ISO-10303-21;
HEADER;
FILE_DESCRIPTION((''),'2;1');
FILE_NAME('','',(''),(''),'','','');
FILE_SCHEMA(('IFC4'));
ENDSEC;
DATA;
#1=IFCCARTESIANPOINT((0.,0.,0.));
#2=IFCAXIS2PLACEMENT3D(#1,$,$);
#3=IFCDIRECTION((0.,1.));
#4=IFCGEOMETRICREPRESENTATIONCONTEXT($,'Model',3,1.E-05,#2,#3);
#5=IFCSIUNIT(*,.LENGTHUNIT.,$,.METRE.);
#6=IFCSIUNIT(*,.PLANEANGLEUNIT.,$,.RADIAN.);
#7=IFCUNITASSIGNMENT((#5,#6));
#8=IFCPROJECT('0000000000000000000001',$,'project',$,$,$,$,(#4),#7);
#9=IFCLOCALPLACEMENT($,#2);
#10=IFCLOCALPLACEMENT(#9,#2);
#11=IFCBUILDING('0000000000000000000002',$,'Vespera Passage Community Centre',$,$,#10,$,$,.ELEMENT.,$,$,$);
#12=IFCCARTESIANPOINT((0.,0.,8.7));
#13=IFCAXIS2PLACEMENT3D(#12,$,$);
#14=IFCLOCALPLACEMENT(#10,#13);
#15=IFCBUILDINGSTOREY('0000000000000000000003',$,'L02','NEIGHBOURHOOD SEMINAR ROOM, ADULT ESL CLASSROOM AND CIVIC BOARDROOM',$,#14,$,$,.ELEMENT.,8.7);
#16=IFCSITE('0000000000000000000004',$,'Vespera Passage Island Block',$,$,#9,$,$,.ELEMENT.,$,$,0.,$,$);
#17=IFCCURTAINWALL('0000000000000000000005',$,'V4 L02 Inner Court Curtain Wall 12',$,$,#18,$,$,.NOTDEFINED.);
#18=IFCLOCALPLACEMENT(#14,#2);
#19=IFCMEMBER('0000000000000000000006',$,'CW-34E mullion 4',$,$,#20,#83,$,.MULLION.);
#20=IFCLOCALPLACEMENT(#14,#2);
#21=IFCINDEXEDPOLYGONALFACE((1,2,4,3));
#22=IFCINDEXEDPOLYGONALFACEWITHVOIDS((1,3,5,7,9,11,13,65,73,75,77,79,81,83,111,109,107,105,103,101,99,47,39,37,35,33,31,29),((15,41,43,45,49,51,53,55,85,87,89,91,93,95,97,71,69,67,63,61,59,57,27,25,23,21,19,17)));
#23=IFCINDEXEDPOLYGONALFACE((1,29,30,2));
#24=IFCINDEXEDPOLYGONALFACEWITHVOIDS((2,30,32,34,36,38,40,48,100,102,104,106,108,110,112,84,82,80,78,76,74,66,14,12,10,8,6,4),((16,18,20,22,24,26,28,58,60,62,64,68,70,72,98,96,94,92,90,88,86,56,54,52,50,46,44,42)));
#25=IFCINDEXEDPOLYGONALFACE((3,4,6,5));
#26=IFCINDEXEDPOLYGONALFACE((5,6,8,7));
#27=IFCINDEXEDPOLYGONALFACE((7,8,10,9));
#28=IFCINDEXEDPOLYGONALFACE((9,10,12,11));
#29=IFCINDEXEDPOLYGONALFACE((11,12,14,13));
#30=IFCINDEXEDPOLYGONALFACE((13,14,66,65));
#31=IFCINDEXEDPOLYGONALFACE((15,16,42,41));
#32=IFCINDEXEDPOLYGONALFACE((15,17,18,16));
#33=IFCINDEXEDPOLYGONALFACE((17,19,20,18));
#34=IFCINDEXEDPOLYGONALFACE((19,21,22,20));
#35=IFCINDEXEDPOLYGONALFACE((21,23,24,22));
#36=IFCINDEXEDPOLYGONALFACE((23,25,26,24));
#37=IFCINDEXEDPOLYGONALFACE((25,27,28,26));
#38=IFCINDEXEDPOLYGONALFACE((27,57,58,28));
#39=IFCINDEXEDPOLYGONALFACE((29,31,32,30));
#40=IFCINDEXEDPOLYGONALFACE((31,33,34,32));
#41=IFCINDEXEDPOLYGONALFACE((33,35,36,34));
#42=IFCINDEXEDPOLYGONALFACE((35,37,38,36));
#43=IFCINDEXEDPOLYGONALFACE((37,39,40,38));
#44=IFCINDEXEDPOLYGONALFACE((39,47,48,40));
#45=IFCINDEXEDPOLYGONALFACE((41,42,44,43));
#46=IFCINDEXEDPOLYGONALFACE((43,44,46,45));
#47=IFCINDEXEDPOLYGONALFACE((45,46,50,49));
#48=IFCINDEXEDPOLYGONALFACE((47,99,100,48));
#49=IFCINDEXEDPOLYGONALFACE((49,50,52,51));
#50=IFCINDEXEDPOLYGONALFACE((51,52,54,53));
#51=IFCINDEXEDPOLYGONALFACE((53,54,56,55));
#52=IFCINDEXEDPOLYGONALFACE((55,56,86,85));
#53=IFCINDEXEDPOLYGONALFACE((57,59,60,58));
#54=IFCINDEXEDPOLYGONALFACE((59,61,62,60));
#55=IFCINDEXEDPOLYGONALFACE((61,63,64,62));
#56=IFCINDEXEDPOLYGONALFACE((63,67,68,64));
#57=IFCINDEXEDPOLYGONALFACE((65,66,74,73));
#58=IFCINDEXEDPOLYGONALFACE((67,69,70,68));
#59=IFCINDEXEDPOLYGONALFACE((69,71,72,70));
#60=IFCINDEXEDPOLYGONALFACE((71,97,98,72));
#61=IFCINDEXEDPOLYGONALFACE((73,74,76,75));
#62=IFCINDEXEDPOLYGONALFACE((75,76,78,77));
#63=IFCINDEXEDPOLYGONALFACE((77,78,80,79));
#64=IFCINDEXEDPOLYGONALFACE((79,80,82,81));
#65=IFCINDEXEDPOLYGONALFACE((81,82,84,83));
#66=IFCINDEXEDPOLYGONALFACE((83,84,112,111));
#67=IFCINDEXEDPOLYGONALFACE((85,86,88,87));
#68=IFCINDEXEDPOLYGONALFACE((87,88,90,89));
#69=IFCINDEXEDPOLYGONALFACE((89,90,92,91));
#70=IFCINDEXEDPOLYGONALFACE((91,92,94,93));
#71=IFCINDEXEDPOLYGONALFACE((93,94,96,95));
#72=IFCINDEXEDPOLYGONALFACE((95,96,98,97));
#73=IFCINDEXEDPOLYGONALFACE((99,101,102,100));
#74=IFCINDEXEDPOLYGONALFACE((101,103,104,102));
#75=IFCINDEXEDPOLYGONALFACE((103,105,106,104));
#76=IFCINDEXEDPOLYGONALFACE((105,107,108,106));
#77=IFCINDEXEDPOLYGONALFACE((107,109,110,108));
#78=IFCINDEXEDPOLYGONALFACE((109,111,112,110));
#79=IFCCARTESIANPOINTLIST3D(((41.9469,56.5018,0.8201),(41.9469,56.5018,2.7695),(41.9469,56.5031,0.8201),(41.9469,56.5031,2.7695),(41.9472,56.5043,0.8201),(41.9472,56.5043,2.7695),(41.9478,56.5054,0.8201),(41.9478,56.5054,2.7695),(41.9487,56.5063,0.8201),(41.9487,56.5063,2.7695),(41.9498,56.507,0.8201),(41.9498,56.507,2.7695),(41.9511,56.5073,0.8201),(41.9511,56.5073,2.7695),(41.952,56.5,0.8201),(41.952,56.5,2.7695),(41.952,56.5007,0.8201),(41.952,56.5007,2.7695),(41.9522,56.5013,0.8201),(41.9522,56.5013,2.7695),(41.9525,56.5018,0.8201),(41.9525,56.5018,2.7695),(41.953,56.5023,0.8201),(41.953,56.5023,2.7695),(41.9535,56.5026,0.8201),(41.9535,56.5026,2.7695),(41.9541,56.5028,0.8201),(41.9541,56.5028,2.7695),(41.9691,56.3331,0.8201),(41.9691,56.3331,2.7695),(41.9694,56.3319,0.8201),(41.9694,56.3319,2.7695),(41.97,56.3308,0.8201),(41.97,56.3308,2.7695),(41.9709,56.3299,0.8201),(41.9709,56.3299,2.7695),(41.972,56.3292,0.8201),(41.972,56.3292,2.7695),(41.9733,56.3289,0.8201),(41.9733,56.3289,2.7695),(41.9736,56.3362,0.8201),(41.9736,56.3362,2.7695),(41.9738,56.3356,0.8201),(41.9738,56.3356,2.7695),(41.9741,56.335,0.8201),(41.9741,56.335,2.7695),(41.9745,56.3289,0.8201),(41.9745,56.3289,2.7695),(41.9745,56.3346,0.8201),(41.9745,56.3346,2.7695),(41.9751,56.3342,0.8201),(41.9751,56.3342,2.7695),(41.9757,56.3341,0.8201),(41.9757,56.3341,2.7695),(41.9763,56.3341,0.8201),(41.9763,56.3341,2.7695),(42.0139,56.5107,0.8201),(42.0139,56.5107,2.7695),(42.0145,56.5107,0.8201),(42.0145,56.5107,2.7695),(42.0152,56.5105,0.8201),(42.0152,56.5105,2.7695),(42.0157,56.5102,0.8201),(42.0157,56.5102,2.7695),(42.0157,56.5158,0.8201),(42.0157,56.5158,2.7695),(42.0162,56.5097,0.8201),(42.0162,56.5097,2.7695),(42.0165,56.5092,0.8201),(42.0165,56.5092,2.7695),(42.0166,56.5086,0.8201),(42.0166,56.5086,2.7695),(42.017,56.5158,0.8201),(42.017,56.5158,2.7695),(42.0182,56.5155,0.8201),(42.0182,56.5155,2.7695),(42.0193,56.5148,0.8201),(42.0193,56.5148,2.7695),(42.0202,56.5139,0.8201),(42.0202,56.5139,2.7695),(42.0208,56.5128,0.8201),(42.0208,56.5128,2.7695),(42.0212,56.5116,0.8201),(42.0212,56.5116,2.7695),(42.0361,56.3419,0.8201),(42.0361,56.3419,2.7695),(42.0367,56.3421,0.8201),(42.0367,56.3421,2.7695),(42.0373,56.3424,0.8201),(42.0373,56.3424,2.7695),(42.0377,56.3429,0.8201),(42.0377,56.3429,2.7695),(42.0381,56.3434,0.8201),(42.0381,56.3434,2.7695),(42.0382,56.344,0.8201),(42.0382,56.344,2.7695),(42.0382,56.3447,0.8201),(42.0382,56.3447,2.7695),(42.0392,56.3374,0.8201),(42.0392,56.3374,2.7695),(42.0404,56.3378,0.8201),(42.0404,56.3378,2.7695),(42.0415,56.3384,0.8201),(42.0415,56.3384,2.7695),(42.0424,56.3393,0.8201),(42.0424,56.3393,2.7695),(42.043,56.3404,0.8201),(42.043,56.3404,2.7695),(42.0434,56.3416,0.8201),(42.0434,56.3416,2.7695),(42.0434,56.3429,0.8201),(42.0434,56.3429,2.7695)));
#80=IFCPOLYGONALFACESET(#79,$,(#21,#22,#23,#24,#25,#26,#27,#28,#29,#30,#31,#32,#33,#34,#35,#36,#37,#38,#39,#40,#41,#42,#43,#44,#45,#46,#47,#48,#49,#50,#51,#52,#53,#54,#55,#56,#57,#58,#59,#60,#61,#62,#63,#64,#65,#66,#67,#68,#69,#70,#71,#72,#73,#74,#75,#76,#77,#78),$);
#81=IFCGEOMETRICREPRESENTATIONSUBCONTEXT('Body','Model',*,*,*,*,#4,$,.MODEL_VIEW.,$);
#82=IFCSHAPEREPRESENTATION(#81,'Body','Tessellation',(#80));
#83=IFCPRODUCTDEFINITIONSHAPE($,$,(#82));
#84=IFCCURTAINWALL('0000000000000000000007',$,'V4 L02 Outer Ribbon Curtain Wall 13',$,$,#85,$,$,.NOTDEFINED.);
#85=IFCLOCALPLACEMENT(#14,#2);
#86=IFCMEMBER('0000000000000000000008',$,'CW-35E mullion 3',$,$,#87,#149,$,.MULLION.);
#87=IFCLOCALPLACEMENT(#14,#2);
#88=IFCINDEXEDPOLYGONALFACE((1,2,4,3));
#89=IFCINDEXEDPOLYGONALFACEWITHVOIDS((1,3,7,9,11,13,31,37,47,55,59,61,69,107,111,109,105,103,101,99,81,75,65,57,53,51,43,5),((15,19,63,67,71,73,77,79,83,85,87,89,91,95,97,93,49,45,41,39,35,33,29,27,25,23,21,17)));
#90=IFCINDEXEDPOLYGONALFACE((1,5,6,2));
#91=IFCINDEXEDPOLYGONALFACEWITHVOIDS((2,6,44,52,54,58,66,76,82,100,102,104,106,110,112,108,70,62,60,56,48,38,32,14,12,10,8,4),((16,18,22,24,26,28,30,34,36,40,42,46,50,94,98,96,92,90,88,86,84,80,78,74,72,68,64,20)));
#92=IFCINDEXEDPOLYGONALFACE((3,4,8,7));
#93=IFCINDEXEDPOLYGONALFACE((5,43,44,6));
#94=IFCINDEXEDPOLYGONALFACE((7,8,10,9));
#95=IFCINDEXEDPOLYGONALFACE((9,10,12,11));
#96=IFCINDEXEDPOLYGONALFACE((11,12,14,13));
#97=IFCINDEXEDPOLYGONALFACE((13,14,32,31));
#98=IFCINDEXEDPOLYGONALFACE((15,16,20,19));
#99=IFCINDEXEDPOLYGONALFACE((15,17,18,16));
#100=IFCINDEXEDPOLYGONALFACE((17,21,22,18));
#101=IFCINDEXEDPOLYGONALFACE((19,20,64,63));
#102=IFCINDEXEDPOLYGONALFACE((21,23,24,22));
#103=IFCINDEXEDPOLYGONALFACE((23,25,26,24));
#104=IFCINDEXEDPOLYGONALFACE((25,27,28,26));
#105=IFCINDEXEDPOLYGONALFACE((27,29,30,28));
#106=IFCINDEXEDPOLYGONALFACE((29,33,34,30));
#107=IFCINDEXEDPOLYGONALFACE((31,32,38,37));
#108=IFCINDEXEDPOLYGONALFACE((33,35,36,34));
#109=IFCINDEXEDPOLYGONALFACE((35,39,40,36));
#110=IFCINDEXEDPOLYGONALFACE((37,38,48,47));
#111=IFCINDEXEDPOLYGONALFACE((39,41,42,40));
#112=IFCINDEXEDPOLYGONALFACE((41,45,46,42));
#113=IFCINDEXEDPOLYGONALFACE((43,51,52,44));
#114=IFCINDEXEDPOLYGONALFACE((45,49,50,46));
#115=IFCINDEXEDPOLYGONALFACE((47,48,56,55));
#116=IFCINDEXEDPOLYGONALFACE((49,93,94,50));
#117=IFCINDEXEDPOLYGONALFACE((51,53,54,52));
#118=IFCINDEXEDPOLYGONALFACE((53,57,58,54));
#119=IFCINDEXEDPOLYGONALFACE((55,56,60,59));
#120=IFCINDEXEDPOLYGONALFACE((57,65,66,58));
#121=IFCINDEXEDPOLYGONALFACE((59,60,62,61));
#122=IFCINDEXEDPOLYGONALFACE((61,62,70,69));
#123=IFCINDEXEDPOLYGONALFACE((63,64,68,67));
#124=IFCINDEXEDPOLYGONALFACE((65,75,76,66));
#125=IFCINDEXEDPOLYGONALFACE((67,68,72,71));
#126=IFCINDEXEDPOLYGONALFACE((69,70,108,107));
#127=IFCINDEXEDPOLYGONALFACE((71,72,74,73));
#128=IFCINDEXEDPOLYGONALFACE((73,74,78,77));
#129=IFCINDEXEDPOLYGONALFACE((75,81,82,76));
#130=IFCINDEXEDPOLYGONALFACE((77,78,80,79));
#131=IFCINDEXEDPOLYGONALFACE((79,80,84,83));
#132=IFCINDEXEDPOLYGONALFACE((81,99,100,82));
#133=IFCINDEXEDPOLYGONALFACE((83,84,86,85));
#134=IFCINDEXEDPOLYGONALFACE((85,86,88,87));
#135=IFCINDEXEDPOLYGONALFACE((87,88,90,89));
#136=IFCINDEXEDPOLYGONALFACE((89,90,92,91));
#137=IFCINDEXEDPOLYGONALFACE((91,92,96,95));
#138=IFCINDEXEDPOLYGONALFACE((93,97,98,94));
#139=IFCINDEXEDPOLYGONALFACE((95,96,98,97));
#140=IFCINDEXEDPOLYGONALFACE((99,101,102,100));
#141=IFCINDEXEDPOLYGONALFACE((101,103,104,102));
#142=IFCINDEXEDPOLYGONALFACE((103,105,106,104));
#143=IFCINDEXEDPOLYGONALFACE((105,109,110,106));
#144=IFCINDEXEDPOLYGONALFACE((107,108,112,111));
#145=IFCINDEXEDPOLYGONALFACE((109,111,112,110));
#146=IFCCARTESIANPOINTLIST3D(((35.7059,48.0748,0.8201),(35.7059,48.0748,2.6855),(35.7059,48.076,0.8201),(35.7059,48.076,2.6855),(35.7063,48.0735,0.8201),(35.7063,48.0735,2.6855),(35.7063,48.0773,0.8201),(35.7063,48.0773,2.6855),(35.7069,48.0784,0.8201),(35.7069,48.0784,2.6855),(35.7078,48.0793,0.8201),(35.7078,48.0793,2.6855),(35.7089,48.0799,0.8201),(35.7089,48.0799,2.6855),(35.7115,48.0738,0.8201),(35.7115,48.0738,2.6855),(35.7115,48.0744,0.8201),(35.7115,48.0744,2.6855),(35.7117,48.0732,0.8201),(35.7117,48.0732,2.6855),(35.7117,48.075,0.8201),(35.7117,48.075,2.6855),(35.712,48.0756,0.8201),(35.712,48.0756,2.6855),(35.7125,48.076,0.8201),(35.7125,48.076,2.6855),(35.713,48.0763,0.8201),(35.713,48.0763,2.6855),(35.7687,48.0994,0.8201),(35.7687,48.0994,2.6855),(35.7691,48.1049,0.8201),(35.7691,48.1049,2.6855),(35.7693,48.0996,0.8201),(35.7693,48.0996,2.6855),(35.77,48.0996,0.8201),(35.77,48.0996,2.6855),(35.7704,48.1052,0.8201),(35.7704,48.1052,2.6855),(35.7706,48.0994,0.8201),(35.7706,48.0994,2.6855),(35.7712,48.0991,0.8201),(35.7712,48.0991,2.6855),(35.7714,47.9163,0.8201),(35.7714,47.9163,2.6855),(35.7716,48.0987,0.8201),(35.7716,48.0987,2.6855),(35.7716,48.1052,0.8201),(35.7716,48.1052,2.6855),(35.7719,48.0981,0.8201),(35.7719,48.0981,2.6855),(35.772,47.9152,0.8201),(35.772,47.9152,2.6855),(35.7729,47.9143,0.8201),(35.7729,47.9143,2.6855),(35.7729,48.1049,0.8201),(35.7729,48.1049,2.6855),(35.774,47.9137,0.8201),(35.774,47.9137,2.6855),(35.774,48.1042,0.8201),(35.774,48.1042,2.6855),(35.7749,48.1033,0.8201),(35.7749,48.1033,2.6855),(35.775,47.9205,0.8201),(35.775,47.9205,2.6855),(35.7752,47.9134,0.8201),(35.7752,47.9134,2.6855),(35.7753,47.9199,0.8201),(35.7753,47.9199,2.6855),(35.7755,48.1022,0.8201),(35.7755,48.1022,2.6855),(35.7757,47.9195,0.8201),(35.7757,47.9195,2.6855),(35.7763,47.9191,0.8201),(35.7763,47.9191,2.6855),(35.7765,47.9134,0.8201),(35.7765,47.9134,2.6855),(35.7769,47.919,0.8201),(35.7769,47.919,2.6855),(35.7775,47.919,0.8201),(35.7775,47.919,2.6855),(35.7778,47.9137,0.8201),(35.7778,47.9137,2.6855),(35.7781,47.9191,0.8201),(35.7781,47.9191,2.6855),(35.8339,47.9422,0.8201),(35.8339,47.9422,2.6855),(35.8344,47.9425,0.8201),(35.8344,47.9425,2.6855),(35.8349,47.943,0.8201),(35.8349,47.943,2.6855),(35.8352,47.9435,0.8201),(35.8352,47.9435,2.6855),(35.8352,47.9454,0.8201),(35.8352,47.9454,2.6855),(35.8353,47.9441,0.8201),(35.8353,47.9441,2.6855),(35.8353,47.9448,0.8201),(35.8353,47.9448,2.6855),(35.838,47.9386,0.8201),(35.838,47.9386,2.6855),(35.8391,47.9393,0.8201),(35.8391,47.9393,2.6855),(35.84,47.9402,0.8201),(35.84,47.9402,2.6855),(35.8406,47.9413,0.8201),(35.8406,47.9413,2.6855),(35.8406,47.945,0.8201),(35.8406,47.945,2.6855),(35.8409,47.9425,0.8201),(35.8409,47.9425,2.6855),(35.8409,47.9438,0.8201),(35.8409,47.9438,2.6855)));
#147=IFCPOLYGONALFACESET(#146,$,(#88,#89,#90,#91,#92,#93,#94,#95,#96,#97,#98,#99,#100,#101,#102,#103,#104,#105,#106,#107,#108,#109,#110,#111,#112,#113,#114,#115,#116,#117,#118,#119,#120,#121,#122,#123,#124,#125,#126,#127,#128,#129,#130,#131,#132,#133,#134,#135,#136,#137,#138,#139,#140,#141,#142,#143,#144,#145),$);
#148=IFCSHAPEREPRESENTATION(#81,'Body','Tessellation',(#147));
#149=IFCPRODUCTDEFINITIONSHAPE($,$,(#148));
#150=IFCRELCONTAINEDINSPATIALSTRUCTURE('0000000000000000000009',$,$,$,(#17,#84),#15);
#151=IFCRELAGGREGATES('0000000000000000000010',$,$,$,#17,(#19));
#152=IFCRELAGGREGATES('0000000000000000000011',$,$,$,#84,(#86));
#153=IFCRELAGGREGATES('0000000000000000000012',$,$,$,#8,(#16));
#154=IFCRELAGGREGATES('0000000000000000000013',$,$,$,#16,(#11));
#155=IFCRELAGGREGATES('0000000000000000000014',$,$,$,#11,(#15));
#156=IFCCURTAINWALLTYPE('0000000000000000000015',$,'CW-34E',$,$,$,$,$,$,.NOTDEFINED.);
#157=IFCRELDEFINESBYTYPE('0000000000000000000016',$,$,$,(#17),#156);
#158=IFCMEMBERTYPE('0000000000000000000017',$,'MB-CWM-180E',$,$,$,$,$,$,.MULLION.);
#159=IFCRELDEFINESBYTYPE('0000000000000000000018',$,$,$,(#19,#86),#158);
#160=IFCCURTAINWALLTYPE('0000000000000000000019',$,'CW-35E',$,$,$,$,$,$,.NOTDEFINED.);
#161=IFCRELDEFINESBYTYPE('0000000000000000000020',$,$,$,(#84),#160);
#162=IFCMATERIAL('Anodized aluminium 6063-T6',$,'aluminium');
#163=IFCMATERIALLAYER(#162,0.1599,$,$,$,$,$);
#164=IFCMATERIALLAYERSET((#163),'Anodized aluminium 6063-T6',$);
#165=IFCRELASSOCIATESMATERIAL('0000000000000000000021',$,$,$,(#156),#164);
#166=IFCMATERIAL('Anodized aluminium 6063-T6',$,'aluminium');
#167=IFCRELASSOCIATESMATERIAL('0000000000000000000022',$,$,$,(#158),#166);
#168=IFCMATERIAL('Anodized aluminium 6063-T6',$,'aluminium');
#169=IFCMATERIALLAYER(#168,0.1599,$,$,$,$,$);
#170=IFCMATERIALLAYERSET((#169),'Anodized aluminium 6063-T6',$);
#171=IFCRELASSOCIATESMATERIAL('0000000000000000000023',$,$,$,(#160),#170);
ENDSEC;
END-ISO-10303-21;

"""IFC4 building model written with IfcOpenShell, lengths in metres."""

from ifc_helpers import new_model, si_unit, direction, frame, origin, origin_2d, place, context, subcontext, project, spatial, hollow_rectangle, extrude, material, layer, layer_set, material_profile, profile_set, type_object, element, aggregate, save


model = new_model("IFC4")

# Units and contexts
model_context = context("Model", 3, precision=1e-05, world=origin(), true_north=direction((0.0, 1.0)))
body_context = subcontext(model_context, "Body", "Model", "MODEL_VIEW")
ifc_project = project(units=[si_unit("LENGTHUNIT", "METRE"), si_unit("PLANEANGLEUNIT", "RADIAN")], contexts=[model_context])

# Site, building, storey
site_placement = place(None, origin())
site = spatial("IfcSite", under=ifc_project, at=site_placement, Name="Vespera Passage Island Block", CompositionType="ELEMENT", RefElevation=0.0)
building_placement = place(site_placement, origin())
building = spatial("IfcBuilding", under=site, at=building_placement, Name="Vespera Passage Community Centre", CompositionType="ELEMENT")
storey_placement = place(building_placement, frame((0.0, 0.0, 8.7)))
storey = spatial("IfcBuildingStorey", under=building, at=storey_placement, Name="L02", Description="NEIGHBOURHOOD SEMINAR ROOM, ADULT ESL CLASSROOM AND CIVIC BOARDROOM", CompositionType="ELEMENT", Elevation=8.7)

# Curtain walls, members
ifc_material_1 = material(Name="Anodized aluminium 6063-T6", Category="aluminium")
ifc_layer_1 = layer(ifc_material_1, 0.1599)
ifc_layer_set_1 = layer_set([ifc_layer_1], Name="Anodized aluminium 6063-T6")
curtain_wall_type_1 = type_object("IfcCurtainWallType", Name="CW-34E", PredefinedType="NOTDEFINED", material=ifc_layer_set_1)
curtain_wall_1_placement = place(storey_placement, origin())
curtain_wall_1 = element("IfcCurtainWall", 1, at=curtain_wall_1_placement, inside=storey, type_object=curtain_wall_type_1, Name="V4 L02 Inner Court Curtain Wall 12", PredefinedType="NOTDEFINED")
ifc_material_2 = material(Name="Anodized aluminium 6063-T6", Category="aluminium")
ifc_material_profile_1 = material_profile(ifc_material_2, hollow_rectangle(XDim=0.075, YDim=0.1799, WallThickness=0.0049, InnerFilletRadius=0.0024, OuterFilletRadius=0.0049, at=origin_2d()), Name="ALU180X75X5")
ifc_profile_set_1 = profile_set([ifc_material_profile_1], Name="Anodized aluminium 6063-T6")
member_type_1 = type_object("IfcMemberType", Name="MB-CWM-180E", PredefinedType="MULLION", material=ifc_profile_set_1)
member_1_placement = place(storey_placement, frame((41.9951, 56.4224, 0.8201), z_axis=(0.0, 0.0, 1.0), x_axis=(0.991445, 0.130522, 0.0)))
member_1 = element("IfcMember", 2, at=member_1_placement, type_object=member_type_1, Name="CW-34E mullion 4", PredefinedType="MULLION", context=body_context, shape_type="SweptSolid", body=[
    extrude(hollow_rectangle(XDim=0.075, YDim=0.1799, WallThickness=0.0049, InnerFilletRadius=0.0024, OuterFilletRadius=0.0049, at=origin_2d()), origin(), (0.0, 0.0, 1.0), 1.9495),
])
ifc_material_3 = material(Name="Anodized aluminium 6063-T6", Category="aluminium")
ifc_layer_2 = layer(ifc_material_3, 0.1599)
ifc_layer_set_2 = layer_set([ifc_layer_2], Name="Anodized aluminium 6063-T6")
curtain_wall_type_2 = type_object("IfcCurtainWallType", Name="CW-35E", PredefinedType="NOTDEFINED", material=ifc_layer_set_2)
curtain_wall_2_placement = place(storey_placement, origin())
curtain_wall_2 = element("IfcCurtainWall", 3, at=curtain_wall_2_placement, inside=storey, type_object=curtain_wall_type_2, Name="V4 L02 Outer Ribbon Curtain Wall 13", PredefinedType="NOTDEFINED")
member_2_placement = place(storey_placement, frame((35.7734, 48.0093, 0.8201), z_axis=(0.0, 0.0, 1.0), x_axis=(-0.923881, -0.382679, 0.0)))
member_2 = element("IfcMember", 4, at=member_2_placement, type_object=member_type_1, Name="CW-35E mullion 3", PredefinedType="MULLION", context=body_context, shape_type="SweptSolid", body=[
    extrude(hollow_rectangle(XDim=0.075, YDim=0.1799, WallThickness=0.0049, InnerFilletRadius=0.0024, OuterFilletRadius=0.0049, at=origin_2d()), origin(), (0.0, 0.0, 1.0), 1.8655),
])

aggregate(curtain_wall_1, [member_1])
aggregate(curtain_wall_2, [member_2])

save(model, "model.ifc")
